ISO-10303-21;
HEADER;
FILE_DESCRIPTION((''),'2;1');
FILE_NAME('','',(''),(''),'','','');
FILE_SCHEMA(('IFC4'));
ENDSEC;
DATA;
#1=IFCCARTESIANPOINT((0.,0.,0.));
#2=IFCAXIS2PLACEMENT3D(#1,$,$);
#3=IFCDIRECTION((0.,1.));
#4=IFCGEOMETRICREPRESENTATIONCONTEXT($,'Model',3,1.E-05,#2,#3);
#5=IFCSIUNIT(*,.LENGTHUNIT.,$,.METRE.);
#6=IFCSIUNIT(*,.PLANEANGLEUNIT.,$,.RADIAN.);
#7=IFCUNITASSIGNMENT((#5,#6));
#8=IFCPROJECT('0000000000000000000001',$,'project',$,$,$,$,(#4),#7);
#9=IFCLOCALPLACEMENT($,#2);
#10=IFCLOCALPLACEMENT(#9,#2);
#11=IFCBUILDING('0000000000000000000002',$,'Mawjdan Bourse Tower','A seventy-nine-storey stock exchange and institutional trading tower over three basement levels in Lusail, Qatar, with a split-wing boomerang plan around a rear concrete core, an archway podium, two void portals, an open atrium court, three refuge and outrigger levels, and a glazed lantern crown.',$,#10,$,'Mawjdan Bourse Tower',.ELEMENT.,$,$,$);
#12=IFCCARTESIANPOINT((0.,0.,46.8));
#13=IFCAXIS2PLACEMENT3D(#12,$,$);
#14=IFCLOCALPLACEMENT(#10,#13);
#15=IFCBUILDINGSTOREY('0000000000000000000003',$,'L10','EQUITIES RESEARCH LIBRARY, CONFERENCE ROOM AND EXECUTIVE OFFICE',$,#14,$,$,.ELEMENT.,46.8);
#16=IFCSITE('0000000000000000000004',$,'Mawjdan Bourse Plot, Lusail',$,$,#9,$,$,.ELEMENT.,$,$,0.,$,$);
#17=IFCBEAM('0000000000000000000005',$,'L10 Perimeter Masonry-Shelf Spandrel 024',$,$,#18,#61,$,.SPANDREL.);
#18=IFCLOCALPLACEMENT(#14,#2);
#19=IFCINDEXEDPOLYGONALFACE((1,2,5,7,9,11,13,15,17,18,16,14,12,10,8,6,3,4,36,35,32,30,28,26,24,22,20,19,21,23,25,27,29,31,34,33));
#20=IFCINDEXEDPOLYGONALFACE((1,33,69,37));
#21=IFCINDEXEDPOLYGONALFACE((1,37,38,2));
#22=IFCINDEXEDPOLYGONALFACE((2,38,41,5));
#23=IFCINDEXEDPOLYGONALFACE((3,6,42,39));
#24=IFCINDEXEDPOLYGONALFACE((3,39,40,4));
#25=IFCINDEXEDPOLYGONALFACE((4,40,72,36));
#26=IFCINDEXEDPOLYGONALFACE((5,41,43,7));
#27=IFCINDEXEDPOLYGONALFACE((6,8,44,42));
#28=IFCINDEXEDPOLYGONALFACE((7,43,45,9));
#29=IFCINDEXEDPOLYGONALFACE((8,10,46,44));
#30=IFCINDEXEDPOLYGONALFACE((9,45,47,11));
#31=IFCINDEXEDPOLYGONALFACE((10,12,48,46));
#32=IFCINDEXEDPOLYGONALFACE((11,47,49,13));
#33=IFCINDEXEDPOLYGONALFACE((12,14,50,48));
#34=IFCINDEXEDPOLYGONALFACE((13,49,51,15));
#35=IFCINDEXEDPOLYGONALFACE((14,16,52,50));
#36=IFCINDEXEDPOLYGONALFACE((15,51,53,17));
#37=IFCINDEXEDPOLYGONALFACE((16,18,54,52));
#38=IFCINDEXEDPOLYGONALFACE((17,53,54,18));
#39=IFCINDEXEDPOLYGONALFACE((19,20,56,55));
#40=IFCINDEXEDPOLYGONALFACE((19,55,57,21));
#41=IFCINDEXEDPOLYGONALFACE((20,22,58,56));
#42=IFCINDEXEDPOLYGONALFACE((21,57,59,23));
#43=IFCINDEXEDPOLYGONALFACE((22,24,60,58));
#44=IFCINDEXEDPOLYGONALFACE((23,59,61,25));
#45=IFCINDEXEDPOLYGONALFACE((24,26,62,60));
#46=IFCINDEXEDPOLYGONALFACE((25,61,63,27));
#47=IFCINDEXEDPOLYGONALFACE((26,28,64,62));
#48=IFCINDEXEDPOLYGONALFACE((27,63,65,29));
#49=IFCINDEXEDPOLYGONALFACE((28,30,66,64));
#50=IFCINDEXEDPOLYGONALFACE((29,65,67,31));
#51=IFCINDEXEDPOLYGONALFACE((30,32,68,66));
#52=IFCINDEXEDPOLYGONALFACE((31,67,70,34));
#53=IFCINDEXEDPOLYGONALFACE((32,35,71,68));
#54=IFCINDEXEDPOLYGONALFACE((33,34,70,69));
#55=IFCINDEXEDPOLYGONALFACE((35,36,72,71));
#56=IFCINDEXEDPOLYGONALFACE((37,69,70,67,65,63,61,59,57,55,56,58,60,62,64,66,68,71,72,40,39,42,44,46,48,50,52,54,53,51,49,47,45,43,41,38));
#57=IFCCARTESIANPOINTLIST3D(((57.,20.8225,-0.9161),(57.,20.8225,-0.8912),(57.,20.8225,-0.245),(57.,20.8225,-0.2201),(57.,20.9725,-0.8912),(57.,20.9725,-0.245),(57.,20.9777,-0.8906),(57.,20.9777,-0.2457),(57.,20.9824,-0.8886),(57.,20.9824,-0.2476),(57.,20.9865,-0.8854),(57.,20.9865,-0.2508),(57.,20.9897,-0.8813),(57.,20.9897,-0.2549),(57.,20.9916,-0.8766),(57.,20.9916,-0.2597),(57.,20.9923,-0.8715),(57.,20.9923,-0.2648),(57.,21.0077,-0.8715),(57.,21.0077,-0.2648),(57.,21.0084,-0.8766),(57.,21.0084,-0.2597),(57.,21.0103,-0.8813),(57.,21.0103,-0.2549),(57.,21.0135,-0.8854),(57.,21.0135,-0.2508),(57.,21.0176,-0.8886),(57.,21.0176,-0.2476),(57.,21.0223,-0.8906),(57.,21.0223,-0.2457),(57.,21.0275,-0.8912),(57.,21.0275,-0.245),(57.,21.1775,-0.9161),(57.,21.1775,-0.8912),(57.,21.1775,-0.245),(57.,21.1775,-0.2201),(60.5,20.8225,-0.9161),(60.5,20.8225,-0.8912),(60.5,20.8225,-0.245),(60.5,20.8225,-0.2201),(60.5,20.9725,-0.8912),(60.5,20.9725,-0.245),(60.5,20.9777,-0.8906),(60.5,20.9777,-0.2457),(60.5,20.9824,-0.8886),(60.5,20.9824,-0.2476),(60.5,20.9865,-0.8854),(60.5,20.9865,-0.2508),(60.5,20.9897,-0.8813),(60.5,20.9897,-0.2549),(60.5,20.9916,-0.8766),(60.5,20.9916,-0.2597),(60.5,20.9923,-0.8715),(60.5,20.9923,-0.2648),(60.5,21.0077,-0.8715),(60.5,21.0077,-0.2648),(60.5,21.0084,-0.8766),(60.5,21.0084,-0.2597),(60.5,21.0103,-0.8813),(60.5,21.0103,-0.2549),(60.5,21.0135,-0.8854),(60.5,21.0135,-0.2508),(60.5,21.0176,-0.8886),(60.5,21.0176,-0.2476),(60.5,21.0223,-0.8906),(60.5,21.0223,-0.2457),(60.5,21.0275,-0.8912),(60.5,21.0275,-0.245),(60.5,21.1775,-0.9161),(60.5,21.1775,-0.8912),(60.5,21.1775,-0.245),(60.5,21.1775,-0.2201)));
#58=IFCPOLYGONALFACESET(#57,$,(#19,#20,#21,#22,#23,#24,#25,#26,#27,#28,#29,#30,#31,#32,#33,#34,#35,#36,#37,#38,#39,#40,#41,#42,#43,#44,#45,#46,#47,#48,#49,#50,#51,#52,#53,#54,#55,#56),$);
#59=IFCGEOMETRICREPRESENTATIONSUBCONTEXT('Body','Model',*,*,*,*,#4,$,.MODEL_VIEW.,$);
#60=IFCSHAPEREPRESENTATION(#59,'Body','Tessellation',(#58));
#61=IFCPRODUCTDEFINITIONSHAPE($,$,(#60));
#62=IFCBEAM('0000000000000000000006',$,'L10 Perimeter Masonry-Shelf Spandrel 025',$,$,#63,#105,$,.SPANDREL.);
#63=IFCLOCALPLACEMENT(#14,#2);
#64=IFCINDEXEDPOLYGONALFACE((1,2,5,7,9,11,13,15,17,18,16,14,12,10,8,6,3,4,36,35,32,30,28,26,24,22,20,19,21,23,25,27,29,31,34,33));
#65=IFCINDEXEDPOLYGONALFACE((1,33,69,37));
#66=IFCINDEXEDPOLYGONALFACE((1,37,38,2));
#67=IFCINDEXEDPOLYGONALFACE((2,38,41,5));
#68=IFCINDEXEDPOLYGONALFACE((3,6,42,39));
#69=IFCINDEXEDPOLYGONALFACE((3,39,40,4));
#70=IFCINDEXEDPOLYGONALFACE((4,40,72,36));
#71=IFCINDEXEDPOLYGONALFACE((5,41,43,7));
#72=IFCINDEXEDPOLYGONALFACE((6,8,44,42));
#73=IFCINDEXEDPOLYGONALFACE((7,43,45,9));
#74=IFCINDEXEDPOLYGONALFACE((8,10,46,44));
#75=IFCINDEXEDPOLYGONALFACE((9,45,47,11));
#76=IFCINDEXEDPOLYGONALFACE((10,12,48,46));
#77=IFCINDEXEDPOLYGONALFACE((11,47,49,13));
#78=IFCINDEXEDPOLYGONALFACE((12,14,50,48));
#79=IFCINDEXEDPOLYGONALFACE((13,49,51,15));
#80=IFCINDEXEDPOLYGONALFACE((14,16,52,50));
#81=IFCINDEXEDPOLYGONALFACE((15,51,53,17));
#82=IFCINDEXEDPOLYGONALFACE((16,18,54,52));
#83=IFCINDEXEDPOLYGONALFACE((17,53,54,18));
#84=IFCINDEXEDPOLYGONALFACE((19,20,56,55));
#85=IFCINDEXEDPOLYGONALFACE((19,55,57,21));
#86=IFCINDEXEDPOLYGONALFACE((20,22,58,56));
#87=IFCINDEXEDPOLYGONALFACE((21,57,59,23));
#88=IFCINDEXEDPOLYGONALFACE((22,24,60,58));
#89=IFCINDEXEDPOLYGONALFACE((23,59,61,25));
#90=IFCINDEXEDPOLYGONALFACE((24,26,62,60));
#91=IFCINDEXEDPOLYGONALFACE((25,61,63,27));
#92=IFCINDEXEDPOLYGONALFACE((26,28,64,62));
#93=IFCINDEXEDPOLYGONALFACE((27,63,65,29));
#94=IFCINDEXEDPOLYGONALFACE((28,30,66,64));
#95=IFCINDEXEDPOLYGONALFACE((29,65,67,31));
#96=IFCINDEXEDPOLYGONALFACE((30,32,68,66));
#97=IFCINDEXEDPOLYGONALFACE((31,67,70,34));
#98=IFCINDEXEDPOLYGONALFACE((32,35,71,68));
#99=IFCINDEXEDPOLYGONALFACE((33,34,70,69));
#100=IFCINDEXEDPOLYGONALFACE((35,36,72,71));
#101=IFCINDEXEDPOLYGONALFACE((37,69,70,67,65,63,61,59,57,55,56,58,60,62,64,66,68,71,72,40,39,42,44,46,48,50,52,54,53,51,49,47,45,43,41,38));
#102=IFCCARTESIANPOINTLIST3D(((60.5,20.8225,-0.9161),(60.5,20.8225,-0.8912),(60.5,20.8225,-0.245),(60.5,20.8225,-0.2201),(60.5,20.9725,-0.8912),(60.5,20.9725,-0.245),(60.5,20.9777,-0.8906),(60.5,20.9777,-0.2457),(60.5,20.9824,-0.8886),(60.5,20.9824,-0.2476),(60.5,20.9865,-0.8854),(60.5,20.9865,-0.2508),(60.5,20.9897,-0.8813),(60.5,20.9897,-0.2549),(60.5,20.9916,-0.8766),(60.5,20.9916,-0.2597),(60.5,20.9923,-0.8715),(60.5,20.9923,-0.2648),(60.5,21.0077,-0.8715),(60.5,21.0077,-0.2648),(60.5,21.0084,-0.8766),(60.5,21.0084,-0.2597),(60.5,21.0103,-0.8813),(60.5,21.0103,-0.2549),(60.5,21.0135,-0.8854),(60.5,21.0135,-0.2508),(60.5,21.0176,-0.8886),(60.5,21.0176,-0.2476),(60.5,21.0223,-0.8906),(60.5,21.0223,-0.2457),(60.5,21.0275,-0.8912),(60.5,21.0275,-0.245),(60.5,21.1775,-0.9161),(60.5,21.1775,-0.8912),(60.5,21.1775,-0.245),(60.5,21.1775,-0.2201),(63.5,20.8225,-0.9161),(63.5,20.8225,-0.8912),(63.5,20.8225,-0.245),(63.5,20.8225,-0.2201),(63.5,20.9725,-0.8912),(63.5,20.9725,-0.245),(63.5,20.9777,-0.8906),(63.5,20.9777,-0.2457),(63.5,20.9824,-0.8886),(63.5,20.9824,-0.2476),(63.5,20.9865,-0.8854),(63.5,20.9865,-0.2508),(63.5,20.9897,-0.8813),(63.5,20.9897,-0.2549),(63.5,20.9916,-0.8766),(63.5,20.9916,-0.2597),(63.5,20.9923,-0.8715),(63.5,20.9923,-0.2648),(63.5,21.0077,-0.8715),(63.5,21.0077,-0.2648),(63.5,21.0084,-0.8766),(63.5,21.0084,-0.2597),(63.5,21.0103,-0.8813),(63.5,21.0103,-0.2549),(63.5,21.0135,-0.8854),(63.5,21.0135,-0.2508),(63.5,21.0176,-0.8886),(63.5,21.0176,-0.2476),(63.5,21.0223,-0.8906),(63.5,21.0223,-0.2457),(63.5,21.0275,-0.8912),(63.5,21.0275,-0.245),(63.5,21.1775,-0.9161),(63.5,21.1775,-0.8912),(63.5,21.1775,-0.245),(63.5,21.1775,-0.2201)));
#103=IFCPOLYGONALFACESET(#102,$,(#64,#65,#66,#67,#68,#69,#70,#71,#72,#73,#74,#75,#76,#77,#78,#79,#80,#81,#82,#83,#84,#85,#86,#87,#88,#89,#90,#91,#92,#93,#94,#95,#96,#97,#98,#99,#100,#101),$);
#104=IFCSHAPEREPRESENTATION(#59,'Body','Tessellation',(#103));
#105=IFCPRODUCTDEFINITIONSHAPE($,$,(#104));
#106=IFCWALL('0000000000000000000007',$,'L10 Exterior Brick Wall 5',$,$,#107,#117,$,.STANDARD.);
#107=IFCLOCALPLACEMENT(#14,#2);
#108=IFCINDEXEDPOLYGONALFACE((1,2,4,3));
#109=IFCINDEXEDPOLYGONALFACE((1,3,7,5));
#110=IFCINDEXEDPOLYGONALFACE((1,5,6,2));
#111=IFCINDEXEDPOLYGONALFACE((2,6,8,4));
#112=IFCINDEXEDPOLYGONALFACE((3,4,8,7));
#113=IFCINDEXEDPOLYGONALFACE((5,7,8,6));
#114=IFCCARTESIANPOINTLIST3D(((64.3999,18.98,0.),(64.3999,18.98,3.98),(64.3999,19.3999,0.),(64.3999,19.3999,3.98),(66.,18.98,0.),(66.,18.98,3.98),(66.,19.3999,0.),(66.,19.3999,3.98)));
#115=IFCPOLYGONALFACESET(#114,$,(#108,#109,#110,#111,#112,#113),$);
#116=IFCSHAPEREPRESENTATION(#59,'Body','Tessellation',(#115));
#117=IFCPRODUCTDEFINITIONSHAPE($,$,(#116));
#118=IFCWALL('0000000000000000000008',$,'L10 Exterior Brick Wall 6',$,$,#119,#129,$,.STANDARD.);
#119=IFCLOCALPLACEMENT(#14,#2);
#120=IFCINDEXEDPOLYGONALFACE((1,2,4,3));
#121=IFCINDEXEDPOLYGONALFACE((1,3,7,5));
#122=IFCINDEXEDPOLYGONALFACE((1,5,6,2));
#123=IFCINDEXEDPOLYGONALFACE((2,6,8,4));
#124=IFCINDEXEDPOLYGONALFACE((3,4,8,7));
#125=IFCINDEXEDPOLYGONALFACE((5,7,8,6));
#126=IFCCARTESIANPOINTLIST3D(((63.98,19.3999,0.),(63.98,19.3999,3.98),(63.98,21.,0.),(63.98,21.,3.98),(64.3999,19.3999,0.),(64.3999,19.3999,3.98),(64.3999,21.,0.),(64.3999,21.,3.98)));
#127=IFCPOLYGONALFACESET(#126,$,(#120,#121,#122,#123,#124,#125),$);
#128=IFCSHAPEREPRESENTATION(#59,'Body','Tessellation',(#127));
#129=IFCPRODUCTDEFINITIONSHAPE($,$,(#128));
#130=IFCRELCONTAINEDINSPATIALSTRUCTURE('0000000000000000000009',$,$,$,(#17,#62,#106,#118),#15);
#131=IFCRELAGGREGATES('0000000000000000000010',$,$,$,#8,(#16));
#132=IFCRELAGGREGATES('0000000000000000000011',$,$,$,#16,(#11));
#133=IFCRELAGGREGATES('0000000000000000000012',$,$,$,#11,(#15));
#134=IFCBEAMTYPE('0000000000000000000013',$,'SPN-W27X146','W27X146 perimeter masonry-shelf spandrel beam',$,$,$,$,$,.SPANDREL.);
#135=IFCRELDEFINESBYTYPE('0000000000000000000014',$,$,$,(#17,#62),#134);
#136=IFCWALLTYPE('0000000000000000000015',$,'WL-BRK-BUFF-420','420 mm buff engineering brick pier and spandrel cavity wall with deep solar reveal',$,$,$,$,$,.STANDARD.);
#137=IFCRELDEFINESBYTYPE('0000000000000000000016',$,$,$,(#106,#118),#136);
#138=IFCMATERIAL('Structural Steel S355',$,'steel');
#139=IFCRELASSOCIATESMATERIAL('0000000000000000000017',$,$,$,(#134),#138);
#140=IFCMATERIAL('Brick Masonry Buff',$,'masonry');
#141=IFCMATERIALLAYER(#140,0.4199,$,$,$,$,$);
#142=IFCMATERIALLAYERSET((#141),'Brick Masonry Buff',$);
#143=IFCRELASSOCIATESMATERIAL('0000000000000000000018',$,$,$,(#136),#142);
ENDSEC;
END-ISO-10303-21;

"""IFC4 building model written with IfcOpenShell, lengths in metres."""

from ifc_helpers import new_model, si_unit, direction, frame, frame_2d, origin, origin_2d, place, context, subcontext, project, spatial, rectangle, i_section, extrude, material, layer, layer_set, material_profile, profile_set, type_object, element, save


model = new_model("IFC4")

# Units and contexts
model_context = context("Model", 3, precision=1e-05, world=origin(), true_north=direction((0.0, 1.0)))
body_context = subcontext(model_context, "Body", "Model", "MODEL_VIEW")
ifc_project = project(units=[si_unit("LENGTHUNIT", "METRE"), si_unit("PLANEANGLEUNIT", "RADIAN")], contexts=[model_context])

# Site, building, storey
site_placement = place(None, origin())
site = spatial("IfcSite", under=ifc_project, at=site_placement, Name="Mawjdan Bourse Plot, Lusail", CompositionType="ELEMENT", RefElevation=0.0)
building_placement = place(site_placement, origin())
building = spatial("IfcBuilding", under=site, at=building_placement, Name="Mawjdan Bourse Tower", Description="A seventy-nine-storey stock exchange and institutional trading tower over three basement levels in Lusail, Qatar, with a split-wing boomerang plan around a rear concrete core, an archway podium, two void portals, an open atrium court, three refuge and outrigger levels, and a glazed lantern crown.", LongName="Mawjdan Bourse Tower", CompositionType="ELEMENT")
storey_placement = place(building_placement, frame((0.0, 0.0, 46.8)))
storey = spatial("IfcBuildingStorey", under=building, at=storey_placement, Name="L10", Description="EQUITIES RESEARCH LIBRARY, CONFERENCE ROOM AND EXECUTIVE OFFICE", CompositionType="ELEMENT", Elevation=46.8)

# Beams
ifc_material_1 = material(Name="Structural Steel S355", Category="steel")
ifc_material_profile_1 = material_profile(ifc_material_1, i_section(OverallWidth=0.355, OverallDepth=0.696, WebThickness=0.0154, FlangeThickness=0.0249, FilletRadius=0.0198, at=origin_2d()), Name="W27X146")
ifc_profile_set_1 = profile_set([ifc_material_profile_1], Name="Structural Steel S355")
beam_type_1 = type_object("IfcBeamType", Name="SPN-W27X146", Description="W27X146 perimeter masonry-shelf spandrel beam", PredefinedType="SPANDREL", material=ifc_profile_set_1)
beam_1_placement = place(storey_placement, frame((57.0, 21.0, -0.5681), z_axis=(1.0, 0.0, 0.0), x_axis=(0.0, 1.0, 0.0)))
element("IfcBeam", 1, at=beam_1_placement, inside=storey, type_object=beam_type_1, Name="L10 Perimeter Masonry-Shelf Spandrel 024", PredefinedType="SPANDREL", context=body_context, shape_type="SweptSolid", body=[
    extrude(i_section(OverallWidth=0.355, OverallDepth=0.696, WebThickness=0.0154, FlangeThickness=0.0249, FilletRadius=0.0198, at=origin_2d()), origin(), (0.0, 0.0, 1.0), 3.5),
])
beam_2_placement = place(storey_placement, frame((60.5, 21.0, -0.5681), z_axis=(1.0, 0.0, 0.0), x_axis=(0.0, 1.0, 0.0)))
element("IfcBeam", 2, at=beam_2_placement, inside=storey, type_object=beam_type_1, Name="L10 Perimeter Masonry-Shelf Spandrel 025", PredefinedType="SPANDREL", context=body_context, shape_type="SweptSolid", body=[
    extrude(i_section(OverallWidth=0.355, OverallDepth=0.696, WebThickness=0.0154, FlangeThickness=0.0249, FilletRadius=0.0198, at=origin_2d()), origin(), (0.0, 0.0, 1.0), 3.0),
])

# Walls
ifc_material_2 = material(Name="Brick Masonry Buff", Category="masonry")
ifc_layer_1 = layer(ifc_material_2, 0.4199)
ifc_layer_set_1 = layer_set([ifc_layer_1], Name="Brick Masonry Buff")
wall_type_1 = type_object("IfcWallType", Name="WL-BRK-BUFF-420", Description="420 mm buff engineering brick pier and spandrel cavity wall with deep solar reveal", PredefinedType="STANDARD", material=ifc_layer_set_1)
for number, where, z_axis, x_axis, name in (
    (3, (66.0, 19.1899, 0.0), (0.0, 0.0, 1.0), (-1.0, 0.0, 0.0), "L10 Exterior Brick Wall 5"),
    (4, (64.1899, 19.3999, 0.0), (0.0, 0.0, 1.0), (0.0, 1.0, 0.0), "L10 Exterior Brick Wall 6"),
):
    element("IfcWall", number, at=place(storey_placement, frame(where, z_axis=z_axis, x_axis=x_axis)), inside=storey, type_object=wall_type_1, Name=name, PredefinedType="STANDARD", context=body_context, shape_type="SweptSolid", body=[
        extrude(rectangle(XDim=1.6001, YDim=0.4199, at=frame_2d((0.8, 0.0))), origin(), (0.0, 0.0, 1.0), 3.98),
    ])

save(model, "model.ifc")
